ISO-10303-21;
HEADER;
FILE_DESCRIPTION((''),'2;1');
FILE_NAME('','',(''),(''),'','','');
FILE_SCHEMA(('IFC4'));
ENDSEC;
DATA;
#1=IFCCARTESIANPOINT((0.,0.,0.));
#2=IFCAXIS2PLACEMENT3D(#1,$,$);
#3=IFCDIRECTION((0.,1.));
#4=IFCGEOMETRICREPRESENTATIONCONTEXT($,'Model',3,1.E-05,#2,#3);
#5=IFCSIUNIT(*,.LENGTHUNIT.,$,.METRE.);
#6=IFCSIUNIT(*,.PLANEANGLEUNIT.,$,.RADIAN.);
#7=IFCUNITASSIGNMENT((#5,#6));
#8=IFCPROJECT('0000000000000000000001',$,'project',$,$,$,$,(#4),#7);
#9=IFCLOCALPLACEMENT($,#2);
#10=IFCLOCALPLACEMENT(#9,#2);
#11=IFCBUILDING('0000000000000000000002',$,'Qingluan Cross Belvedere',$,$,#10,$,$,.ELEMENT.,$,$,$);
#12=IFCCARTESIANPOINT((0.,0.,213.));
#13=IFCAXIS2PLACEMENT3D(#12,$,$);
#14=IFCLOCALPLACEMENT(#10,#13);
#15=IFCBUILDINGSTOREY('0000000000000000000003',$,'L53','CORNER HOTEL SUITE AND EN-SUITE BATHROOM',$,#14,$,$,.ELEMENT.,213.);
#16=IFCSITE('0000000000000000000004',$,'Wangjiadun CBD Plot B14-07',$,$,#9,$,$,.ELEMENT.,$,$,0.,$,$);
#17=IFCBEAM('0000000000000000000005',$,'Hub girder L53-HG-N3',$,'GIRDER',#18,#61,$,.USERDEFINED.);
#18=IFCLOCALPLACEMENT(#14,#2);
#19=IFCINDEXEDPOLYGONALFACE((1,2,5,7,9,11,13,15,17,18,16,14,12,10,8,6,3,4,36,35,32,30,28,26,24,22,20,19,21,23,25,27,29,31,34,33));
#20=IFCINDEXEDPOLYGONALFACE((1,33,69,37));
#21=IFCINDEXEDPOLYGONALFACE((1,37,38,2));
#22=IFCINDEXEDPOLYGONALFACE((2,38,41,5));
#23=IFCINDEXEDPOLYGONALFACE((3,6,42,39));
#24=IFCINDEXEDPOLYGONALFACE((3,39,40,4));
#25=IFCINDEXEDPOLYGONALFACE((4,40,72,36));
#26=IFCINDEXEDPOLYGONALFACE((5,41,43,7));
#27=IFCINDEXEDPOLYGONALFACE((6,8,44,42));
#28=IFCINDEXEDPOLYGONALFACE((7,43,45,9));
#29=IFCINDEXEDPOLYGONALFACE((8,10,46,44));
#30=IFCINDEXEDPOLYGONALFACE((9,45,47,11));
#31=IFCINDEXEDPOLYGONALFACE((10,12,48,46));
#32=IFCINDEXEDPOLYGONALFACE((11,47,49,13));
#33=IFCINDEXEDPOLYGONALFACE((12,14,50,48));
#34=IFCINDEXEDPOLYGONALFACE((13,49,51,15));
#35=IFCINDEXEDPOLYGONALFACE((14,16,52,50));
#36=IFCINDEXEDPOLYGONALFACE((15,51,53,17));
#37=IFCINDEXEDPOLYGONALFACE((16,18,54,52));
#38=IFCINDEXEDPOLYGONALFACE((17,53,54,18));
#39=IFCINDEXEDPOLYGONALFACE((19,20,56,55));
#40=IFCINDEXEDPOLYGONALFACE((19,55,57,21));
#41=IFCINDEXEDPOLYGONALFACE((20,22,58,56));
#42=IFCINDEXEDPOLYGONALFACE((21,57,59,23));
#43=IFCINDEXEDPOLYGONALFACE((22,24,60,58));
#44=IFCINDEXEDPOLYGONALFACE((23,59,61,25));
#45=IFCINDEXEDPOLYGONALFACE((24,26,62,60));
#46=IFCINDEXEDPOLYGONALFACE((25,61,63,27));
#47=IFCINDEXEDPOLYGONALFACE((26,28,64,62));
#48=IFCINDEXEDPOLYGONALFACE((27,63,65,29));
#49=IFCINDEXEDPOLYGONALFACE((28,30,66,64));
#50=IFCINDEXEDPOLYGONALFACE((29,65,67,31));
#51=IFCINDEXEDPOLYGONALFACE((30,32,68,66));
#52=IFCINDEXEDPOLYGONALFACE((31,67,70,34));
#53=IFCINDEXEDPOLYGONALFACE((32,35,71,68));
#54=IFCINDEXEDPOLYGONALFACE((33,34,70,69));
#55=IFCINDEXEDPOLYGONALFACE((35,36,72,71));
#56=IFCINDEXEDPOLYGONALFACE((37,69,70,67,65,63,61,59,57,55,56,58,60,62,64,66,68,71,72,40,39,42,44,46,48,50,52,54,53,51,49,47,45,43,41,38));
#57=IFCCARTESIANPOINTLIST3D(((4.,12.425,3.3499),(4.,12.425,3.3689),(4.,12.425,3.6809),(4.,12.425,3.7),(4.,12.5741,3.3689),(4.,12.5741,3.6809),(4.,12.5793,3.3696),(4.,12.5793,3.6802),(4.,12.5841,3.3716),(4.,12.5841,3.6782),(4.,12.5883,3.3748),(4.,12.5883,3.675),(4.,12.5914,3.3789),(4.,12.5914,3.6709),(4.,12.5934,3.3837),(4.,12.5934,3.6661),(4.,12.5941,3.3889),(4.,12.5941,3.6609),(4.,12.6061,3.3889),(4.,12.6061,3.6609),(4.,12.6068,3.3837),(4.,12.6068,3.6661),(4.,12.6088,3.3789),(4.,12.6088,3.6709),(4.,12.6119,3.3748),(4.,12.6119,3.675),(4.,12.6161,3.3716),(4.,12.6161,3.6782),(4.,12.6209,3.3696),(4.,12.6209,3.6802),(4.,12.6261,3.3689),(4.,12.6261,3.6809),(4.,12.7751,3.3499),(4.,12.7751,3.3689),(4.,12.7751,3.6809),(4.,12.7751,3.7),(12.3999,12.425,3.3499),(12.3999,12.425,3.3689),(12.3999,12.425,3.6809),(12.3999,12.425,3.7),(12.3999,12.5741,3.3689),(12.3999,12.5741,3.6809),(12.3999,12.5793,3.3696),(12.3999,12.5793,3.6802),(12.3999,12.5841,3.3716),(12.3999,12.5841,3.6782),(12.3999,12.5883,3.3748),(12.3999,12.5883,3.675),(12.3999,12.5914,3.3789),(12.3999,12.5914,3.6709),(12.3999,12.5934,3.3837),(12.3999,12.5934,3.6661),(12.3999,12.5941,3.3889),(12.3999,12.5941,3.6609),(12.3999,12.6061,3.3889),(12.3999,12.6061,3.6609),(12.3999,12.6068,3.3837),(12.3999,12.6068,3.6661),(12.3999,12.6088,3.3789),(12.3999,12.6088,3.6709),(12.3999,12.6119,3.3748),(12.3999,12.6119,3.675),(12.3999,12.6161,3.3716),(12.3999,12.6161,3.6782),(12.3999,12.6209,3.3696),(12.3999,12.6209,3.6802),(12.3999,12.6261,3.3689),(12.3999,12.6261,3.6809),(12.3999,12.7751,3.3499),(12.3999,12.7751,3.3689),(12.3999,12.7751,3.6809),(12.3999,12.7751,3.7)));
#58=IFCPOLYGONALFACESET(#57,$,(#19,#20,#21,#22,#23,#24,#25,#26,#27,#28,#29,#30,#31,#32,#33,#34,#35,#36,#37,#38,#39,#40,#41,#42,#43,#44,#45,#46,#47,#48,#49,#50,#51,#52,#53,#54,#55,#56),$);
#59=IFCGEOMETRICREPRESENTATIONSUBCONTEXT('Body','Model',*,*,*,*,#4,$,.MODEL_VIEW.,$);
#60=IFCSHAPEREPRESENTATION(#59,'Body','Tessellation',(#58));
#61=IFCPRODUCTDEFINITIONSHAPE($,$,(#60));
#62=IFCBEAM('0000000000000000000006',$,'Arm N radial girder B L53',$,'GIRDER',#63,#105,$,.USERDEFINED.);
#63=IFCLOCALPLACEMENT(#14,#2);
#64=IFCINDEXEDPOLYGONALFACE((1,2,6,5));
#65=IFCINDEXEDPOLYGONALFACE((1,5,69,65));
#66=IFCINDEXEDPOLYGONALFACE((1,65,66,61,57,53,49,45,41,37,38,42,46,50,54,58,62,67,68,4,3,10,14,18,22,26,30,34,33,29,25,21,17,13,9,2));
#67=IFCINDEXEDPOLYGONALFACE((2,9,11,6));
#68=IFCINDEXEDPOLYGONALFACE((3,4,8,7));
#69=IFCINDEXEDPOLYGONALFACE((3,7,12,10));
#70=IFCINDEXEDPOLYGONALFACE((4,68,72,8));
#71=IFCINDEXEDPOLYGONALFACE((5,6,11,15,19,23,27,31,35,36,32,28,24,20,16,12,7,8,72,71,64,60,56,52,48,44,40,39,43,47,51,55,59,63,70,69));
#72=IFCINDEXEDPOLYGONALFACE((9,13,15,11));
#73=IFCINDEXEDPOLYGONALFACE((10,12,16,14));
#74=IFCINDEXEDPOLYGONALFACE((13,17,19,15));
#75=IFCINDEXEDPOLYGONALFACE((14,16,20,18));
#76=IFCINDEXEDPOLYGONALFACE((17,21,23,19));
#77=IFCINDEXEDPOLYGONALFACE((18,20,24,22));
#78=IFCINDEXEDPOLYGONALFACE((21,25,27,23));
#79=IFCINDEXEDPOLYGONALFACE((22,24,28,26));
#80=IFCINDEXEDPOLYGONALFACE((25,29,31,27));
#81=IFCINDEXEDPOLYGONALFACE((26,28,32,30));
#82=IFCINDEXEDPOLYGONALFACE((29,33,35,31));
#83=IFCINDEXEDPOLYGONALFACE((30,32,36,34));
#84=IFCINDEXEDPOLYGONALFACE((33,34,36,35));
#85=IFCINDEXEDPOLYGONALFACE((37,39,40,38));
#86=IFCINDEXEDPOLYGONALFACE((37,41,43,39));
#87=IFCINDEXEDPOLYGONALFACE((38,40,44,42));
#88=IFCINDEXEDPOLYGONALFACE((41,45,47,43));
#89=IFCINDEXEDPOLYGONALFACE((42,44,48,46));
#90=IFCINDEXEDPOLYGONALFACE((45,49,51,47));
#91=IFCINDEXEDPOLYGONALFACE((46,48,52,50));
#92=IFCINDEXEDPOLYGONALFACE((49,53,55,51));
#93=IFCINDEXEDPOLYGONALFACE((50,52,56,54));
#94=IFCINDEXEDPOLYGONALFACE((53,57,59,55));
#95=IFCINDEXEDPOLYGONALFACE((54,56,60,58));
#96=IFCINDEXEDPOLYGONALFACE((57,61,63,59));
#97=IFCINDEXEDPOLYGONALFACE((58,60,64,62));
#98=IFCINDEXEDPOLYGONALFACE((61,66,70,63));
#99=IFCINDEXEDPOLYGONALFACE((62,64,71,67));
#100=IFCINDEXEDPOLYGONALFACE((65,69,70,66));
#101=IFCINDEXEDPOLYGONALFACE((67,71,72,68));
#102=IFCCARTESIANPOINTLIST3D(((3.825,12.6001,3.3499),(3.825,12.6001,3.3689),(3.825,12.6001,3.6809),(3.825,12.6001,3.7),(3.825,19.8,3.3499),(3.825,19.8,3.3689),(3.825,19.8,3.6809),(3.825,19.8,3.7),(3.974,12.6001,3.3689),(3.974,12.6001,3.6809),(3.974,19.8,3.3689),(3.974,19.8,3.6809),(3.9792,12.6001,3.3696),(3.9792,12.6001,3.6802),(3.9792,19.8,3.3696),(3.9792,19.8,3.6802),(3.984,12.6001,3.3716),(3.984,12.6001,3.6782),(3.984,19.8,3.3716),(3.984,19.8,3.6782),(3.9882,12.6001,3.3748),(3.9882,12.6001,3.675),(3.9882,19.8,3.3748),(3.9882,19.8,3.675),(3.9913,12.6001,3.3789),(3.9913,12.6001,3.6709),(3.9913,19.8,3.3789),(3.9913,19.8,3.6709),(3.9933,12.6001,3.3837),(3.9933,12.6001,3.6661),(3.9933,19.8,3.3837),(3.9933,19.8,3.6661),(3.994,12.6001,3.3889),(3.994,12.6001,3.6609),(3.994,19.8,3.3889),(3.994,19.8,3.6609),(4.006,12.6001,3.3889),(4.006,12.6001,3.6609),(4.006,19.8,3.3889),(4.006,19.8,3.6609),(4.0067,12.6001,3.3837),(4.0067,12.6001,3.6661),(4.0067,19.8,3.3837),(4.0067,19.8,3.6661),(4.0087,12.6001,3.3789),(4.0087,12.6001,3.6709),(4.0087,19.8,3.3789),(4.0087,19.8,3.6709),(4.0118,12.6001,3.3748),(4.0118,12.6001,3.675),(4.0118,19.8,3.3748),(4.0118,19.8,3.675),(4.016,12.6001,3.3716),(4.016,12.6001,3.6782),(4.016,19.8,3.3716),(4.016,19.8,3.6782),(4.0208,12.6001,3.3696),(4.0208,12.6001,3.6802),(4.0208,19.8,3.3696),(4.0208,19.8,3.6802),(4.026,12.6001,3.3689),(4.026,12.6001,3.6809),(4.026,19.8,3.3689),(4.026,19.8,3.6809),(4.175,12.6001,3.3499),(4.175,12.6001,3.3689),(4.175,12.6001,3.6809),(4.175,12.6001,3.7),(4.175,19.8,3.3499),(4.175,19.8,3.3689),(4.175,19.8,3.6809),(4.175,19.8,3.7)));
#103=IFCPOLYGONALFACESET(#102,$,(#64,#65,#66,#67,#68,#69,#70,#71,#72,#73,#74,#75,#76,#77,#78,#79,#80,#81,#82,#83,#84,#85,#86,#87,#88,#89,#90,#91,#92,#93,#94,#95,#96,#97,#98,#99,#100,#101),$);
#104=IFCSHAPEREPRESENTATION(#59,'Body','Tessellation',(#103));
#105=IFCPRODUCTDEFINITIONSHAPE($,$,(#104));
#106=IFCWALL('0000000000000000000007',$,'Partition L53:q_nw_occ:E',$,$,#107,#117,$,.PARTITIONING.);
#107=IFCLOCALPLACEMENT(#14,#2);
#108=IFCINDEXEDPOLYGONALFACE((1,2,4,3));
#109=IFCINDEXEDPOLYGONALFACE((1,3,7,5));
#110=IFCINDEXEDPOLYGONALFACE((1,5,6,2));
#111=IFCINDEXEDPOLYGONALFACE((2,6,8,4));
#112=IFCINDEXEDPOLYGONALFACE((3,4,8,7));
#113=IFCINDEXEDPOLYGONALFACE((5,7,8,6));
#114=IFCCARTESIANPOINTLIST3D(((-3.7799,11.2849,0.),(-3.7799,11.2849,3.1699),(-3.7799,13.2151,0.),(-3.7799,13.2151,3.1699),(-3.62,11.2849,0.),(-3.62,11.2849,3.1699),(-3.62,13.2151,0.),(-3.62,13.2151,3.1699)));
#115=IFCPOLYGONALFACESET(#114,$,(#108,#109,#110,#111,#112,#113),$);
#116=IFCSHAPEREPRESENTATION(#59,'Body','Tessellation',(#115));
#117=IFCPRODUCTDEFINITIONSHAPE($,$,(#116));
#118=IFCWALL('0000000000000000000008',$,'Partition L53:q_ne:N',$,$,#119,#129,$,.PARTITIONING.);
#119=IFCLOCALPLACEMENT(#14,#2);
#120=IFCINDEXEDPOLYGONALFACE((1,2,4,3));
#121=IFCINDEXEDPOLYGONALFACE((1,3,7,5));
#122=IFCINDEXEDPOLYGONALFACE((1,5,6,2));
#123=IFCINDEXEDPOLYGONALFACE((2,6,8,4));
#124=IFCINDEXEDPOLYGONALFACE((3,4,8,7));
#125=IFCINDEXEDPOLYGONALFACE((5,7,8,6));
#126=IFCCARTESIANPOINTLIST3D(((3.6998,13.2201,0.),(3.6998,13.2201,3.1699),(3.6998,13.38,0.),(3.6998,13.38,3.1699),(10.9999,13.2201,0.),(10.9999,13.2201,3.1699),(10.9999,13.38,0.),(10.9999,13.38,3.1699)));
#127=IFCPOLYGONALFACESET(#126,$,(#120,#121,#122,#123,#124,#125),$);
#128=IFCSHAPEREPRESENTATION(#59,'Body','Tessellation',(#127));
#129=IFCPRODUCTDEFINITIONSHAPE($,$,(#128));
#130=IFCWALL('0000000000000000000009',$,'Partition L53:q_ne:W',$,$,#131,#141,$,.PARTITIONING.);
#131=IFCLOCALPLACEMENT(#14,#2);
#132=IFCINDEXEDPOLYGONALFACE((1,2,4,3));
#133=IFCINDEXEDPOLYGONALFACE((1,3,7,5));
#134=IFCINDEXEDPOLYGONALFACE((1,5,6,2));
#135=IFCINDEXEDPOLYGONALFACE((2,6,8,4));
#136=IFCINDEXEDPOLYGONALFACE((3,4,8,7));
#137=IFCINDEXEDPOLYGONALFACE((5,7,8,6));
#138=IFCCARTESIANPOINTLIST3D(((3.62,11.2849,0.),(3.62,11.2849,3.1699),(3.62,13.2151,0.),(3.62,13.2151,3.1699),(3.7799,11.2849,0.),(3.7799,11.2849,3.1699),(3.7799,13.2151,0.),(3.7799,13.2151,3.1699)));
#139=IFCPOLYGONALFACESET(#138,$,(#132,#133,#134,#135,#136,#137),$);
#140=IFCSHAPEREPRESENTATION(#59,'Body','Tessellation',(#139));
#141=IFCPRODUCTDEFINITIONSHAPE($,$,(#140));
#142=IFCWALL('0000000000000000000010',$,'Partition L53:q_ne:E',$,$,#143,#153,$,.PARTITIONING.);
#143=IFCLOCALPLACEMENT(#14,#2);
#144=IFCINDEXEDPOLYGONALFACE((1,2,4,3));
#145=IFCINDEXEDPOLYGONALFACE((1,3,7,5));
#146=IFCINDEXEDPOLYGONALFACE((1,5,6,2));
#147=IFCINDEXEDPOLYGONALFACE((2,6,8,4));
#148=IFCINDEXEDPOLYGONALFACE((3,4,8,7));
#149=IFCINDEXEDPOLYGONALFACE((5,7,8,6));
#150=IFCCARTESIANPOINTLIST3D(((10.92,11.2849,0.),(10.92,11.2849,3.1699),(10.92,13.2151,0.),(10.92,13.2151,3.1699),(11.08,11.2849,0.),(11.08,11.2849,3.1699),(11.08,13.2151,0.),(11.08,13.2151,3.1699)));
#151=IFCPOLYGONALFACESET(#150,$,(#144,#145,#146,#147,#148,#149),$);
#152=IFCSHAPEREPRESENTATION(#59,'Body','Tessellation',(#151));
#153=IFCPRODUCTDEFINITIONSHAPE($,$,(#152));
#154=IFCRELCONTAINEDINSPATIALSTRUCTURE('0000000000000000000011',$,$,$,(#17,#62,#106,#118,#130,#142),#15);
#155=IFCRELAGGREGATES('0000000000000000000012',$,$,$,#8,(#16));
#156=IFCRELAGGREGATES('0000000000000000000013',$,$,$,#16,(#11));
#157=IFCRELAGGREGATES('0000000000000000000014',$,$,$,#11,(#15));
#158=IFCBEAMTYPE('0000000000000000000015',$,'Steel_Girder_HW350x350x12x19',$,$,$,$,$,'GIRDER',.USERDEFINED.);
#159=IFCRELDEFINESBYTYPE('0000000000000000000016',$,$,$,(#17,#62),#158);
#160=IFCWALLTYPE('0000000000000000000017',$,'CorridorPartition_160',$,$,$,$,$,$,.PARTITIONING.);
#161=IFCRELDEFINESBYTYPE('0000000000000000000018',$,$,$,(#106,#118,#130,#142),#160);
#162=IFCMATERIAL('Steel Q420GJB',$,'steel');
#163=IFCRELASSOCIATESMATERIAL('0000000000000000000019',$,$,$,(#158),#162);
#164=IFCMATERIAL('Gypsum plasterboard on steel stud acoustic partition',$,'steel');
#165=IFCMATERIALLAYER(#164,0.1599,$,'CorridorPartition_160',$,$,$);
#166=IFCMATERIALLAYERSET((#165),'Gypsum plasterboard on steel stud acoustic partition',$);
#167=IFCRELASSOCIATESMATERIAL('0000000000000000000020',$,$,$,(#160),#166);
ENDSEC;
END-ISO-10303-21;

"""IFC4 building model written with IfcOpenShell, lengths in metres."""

from ifc_helpers import new_model, si_unit, direction, frame, frame_2d, origin, origin_2d, place, context, subcontext, project, spatial, rectangle, i_section, extrude, material, layer, layer_set, material_profile, profile_set, type_object, element, save


model = new_model("IFC4")

# Units and contexts
model_context = context("Model", 3, precision=1e-05, world=origin(), true_north=direction((0.0, 1.0)))
body_context = subcontext(model_context, "Body", "Model", "MODEL_VIEW")
ifc_project = project(units=[si_unit("LENGTHUNIT", "METRE"), si_unit("PLANEANGLEUNIT", "RADIAN")], contexts=[model_context])

# Site, building, storey
site_placement = place(None, origin())
site = spatial("IfcSite", under=ifc_project, at=site_placement, Name="Wangjiadun CBD Plot B14-07", CompositionType="ELEMENT", RefElevation=0.0)
building_placement = place(site_placement, origin())
building = spatial("IfcBuilding", under=site, at=building_placement, Name="Qingluan Cross Belvedere", CompositionType="ELEMENT")
storey_placement = place(building_placement, frame((0.0, 0.0, 213.0)))
storey = spatial("IfcBuildingStorey", under=building, at=storey_placement, Name="L53", Description="CORNER HOTEL SUITE AND EN-SUITE BATHROOM", CompositionType="ELEMENT", Elevation=213.0)

# Beams
ifc_material_1 = material(Name="Steel Q420GJB", Category="steel")
ifc_material_profile_1 = material_profile(ifc_material_1, i_section(OverallWidth=0.3501, OverallDepth=0.3501, WebThickness=0.012, FlangeThickness=0.019, FilletRadius=0.02, at=origin_2d()), Name="HW350x350x12x19")
ifc_profile_set_1 = profile_set([ifc_material_profile_1], Name="Steel Q420GJB")
beam_type_1 = type_object("IfcBeamType", Name="Steel_Girder_HW350x350x12x19", ElementType="GIRDER", PredefinedType="USERDEFINED", material=ifc_profile_set_1)
beam_1_placement = place(storey_placement, frame((4.0, 12.6001, 3.5249), z_axis=(1.0, 0.0, 0.0), x_axis=(0.0, 1.0, 0.0)))
element("IfcBeam", 1, at=beam_1_placement, inside=storey, type_object=beam_type_1, Name="Hub girder L53-HG-N3", ObjectType="GIRDER", PredefinedType="USERDEFINED", context=body_context, shape_type="SweptSolid", body=[
    extrude(i_section(OverallWidth=0.3501, OverallDepth=0.3501, WebThickness=0.012, FlangeThickness=0.019, FilletRadius=0.02, at=origin_2d()), origin(), (0.0, 0.0, 1.0), 8.3999),
])
beam_2_placement = place(storey_placement, frame((4.0, 12.6001, 3.5249), z_axis=(0.0, 1.0, 0.0), x_axis=(-1.0, 0.0, 0.0)))
element("IfcBeam", 2, at=beam_2_placement, inside=storey, type_object=beam_type_1, Name="Arm N radial girder B L53", ObjectType="GIRDER", PredefinedType="USERDEFINED", context=body_context, shape_type="SweptSolid", body=[
    extrude(i_section(OverallWidth=0.3501, OverallDepth=0.3501, WebThickness=0.012, FlangeThickness=0.019, FilletRadius=0.02, at=origin_2d()), origin(), (0.0, 0.0, 1.0), 7.2),
])

# Walls
ifc_material_2 = material(Name="Gypsum plasterboard on steel stud acoustic partition", Category="steel")
ifc_layer_1 = layer(ifc_material_2, 0.1599, Name="CorridorPartition_160")
ifc_layer_set_1 = layer_set([ifc_layer_1], Name="Gypsum plasterboard on steel stud acoustic partition")
wall_type_1 = type_object("IfcWallType", Name="CorridorPartition_160", PredefinedType="PARTITIONING", material=ifc_layer_set_1)
wall_1_placement = place(storey_placement, frame((-3.7, 11.2849, 0.0), z_axis=(0.0, 0.0, 1.0), x_axis=(0.0, 1.0, 0.0)))
element("IfcWall", 3, at=wall_1_placement, inside=storey, type_object=wall_type_1, Name="Partition L53:q_nw_occ:E", PredefinedType="PARTITIONING", context=body_context, shape_type="SweptSolid", body=[
    extrude(rectangle(XDim=1.9302, YDim=0.1599, at=frame_2d((0.9651, 0.0))), origin(), (0.0, 0.0, 1.0), 3.1699),
])
wall_2_placement = place(storey_placement, frame((3.7, 13.3, 0.0), z_axis=(0.0, 0.0, 1.0), x_axis=(1.0, 0.0, 0.0)))
element("IfcWall", 4, at=wall_2_placement, inside=storey, type_object=wall_type_1, Name="Partition L53:q_ne:N", PredefinedType="PARTITIONING", context=body_context, shape_type="SweptSolid", body=[
    extrude(rectangle(XDim=7.3, YDim=0.1599, at=frame_2d((3.6499, 0.0))), origin(), (0.0, 0.0, 1.0), 3.1699),
])
for number, where, z_axis, x_axis, name in (
    (5, (3.7, 11.2849, 0.0), (0.0, 0.0, 1.0), (0.0, 1.0, 0.0), "Partition L53:q_ne:W"),
    (6, (11.0, 11.2849, 0.0), (0.0, 0.0, 1.0), (0.0, 1.0, 0.0), "Partition L53:q_ne:E"),
):
    element("IfcWall", number, at=place(storey_placement, frame(where, z_axis=z_axis, x_axis=x_axis)), inside=storey, type_object=wall_type_1, Name=name, PredefinedType="PARTITIONING", context=body_context, shape_type="SweptSolid", body=[
        extrude(rectangle(XDim=1.9302, YDim=0.1599, at=frame_2d((0.9651, 0.0))), origin(), (0.0, 0.0, 1.0), 3.1699),
    ])

save(model, "model.ifc")
